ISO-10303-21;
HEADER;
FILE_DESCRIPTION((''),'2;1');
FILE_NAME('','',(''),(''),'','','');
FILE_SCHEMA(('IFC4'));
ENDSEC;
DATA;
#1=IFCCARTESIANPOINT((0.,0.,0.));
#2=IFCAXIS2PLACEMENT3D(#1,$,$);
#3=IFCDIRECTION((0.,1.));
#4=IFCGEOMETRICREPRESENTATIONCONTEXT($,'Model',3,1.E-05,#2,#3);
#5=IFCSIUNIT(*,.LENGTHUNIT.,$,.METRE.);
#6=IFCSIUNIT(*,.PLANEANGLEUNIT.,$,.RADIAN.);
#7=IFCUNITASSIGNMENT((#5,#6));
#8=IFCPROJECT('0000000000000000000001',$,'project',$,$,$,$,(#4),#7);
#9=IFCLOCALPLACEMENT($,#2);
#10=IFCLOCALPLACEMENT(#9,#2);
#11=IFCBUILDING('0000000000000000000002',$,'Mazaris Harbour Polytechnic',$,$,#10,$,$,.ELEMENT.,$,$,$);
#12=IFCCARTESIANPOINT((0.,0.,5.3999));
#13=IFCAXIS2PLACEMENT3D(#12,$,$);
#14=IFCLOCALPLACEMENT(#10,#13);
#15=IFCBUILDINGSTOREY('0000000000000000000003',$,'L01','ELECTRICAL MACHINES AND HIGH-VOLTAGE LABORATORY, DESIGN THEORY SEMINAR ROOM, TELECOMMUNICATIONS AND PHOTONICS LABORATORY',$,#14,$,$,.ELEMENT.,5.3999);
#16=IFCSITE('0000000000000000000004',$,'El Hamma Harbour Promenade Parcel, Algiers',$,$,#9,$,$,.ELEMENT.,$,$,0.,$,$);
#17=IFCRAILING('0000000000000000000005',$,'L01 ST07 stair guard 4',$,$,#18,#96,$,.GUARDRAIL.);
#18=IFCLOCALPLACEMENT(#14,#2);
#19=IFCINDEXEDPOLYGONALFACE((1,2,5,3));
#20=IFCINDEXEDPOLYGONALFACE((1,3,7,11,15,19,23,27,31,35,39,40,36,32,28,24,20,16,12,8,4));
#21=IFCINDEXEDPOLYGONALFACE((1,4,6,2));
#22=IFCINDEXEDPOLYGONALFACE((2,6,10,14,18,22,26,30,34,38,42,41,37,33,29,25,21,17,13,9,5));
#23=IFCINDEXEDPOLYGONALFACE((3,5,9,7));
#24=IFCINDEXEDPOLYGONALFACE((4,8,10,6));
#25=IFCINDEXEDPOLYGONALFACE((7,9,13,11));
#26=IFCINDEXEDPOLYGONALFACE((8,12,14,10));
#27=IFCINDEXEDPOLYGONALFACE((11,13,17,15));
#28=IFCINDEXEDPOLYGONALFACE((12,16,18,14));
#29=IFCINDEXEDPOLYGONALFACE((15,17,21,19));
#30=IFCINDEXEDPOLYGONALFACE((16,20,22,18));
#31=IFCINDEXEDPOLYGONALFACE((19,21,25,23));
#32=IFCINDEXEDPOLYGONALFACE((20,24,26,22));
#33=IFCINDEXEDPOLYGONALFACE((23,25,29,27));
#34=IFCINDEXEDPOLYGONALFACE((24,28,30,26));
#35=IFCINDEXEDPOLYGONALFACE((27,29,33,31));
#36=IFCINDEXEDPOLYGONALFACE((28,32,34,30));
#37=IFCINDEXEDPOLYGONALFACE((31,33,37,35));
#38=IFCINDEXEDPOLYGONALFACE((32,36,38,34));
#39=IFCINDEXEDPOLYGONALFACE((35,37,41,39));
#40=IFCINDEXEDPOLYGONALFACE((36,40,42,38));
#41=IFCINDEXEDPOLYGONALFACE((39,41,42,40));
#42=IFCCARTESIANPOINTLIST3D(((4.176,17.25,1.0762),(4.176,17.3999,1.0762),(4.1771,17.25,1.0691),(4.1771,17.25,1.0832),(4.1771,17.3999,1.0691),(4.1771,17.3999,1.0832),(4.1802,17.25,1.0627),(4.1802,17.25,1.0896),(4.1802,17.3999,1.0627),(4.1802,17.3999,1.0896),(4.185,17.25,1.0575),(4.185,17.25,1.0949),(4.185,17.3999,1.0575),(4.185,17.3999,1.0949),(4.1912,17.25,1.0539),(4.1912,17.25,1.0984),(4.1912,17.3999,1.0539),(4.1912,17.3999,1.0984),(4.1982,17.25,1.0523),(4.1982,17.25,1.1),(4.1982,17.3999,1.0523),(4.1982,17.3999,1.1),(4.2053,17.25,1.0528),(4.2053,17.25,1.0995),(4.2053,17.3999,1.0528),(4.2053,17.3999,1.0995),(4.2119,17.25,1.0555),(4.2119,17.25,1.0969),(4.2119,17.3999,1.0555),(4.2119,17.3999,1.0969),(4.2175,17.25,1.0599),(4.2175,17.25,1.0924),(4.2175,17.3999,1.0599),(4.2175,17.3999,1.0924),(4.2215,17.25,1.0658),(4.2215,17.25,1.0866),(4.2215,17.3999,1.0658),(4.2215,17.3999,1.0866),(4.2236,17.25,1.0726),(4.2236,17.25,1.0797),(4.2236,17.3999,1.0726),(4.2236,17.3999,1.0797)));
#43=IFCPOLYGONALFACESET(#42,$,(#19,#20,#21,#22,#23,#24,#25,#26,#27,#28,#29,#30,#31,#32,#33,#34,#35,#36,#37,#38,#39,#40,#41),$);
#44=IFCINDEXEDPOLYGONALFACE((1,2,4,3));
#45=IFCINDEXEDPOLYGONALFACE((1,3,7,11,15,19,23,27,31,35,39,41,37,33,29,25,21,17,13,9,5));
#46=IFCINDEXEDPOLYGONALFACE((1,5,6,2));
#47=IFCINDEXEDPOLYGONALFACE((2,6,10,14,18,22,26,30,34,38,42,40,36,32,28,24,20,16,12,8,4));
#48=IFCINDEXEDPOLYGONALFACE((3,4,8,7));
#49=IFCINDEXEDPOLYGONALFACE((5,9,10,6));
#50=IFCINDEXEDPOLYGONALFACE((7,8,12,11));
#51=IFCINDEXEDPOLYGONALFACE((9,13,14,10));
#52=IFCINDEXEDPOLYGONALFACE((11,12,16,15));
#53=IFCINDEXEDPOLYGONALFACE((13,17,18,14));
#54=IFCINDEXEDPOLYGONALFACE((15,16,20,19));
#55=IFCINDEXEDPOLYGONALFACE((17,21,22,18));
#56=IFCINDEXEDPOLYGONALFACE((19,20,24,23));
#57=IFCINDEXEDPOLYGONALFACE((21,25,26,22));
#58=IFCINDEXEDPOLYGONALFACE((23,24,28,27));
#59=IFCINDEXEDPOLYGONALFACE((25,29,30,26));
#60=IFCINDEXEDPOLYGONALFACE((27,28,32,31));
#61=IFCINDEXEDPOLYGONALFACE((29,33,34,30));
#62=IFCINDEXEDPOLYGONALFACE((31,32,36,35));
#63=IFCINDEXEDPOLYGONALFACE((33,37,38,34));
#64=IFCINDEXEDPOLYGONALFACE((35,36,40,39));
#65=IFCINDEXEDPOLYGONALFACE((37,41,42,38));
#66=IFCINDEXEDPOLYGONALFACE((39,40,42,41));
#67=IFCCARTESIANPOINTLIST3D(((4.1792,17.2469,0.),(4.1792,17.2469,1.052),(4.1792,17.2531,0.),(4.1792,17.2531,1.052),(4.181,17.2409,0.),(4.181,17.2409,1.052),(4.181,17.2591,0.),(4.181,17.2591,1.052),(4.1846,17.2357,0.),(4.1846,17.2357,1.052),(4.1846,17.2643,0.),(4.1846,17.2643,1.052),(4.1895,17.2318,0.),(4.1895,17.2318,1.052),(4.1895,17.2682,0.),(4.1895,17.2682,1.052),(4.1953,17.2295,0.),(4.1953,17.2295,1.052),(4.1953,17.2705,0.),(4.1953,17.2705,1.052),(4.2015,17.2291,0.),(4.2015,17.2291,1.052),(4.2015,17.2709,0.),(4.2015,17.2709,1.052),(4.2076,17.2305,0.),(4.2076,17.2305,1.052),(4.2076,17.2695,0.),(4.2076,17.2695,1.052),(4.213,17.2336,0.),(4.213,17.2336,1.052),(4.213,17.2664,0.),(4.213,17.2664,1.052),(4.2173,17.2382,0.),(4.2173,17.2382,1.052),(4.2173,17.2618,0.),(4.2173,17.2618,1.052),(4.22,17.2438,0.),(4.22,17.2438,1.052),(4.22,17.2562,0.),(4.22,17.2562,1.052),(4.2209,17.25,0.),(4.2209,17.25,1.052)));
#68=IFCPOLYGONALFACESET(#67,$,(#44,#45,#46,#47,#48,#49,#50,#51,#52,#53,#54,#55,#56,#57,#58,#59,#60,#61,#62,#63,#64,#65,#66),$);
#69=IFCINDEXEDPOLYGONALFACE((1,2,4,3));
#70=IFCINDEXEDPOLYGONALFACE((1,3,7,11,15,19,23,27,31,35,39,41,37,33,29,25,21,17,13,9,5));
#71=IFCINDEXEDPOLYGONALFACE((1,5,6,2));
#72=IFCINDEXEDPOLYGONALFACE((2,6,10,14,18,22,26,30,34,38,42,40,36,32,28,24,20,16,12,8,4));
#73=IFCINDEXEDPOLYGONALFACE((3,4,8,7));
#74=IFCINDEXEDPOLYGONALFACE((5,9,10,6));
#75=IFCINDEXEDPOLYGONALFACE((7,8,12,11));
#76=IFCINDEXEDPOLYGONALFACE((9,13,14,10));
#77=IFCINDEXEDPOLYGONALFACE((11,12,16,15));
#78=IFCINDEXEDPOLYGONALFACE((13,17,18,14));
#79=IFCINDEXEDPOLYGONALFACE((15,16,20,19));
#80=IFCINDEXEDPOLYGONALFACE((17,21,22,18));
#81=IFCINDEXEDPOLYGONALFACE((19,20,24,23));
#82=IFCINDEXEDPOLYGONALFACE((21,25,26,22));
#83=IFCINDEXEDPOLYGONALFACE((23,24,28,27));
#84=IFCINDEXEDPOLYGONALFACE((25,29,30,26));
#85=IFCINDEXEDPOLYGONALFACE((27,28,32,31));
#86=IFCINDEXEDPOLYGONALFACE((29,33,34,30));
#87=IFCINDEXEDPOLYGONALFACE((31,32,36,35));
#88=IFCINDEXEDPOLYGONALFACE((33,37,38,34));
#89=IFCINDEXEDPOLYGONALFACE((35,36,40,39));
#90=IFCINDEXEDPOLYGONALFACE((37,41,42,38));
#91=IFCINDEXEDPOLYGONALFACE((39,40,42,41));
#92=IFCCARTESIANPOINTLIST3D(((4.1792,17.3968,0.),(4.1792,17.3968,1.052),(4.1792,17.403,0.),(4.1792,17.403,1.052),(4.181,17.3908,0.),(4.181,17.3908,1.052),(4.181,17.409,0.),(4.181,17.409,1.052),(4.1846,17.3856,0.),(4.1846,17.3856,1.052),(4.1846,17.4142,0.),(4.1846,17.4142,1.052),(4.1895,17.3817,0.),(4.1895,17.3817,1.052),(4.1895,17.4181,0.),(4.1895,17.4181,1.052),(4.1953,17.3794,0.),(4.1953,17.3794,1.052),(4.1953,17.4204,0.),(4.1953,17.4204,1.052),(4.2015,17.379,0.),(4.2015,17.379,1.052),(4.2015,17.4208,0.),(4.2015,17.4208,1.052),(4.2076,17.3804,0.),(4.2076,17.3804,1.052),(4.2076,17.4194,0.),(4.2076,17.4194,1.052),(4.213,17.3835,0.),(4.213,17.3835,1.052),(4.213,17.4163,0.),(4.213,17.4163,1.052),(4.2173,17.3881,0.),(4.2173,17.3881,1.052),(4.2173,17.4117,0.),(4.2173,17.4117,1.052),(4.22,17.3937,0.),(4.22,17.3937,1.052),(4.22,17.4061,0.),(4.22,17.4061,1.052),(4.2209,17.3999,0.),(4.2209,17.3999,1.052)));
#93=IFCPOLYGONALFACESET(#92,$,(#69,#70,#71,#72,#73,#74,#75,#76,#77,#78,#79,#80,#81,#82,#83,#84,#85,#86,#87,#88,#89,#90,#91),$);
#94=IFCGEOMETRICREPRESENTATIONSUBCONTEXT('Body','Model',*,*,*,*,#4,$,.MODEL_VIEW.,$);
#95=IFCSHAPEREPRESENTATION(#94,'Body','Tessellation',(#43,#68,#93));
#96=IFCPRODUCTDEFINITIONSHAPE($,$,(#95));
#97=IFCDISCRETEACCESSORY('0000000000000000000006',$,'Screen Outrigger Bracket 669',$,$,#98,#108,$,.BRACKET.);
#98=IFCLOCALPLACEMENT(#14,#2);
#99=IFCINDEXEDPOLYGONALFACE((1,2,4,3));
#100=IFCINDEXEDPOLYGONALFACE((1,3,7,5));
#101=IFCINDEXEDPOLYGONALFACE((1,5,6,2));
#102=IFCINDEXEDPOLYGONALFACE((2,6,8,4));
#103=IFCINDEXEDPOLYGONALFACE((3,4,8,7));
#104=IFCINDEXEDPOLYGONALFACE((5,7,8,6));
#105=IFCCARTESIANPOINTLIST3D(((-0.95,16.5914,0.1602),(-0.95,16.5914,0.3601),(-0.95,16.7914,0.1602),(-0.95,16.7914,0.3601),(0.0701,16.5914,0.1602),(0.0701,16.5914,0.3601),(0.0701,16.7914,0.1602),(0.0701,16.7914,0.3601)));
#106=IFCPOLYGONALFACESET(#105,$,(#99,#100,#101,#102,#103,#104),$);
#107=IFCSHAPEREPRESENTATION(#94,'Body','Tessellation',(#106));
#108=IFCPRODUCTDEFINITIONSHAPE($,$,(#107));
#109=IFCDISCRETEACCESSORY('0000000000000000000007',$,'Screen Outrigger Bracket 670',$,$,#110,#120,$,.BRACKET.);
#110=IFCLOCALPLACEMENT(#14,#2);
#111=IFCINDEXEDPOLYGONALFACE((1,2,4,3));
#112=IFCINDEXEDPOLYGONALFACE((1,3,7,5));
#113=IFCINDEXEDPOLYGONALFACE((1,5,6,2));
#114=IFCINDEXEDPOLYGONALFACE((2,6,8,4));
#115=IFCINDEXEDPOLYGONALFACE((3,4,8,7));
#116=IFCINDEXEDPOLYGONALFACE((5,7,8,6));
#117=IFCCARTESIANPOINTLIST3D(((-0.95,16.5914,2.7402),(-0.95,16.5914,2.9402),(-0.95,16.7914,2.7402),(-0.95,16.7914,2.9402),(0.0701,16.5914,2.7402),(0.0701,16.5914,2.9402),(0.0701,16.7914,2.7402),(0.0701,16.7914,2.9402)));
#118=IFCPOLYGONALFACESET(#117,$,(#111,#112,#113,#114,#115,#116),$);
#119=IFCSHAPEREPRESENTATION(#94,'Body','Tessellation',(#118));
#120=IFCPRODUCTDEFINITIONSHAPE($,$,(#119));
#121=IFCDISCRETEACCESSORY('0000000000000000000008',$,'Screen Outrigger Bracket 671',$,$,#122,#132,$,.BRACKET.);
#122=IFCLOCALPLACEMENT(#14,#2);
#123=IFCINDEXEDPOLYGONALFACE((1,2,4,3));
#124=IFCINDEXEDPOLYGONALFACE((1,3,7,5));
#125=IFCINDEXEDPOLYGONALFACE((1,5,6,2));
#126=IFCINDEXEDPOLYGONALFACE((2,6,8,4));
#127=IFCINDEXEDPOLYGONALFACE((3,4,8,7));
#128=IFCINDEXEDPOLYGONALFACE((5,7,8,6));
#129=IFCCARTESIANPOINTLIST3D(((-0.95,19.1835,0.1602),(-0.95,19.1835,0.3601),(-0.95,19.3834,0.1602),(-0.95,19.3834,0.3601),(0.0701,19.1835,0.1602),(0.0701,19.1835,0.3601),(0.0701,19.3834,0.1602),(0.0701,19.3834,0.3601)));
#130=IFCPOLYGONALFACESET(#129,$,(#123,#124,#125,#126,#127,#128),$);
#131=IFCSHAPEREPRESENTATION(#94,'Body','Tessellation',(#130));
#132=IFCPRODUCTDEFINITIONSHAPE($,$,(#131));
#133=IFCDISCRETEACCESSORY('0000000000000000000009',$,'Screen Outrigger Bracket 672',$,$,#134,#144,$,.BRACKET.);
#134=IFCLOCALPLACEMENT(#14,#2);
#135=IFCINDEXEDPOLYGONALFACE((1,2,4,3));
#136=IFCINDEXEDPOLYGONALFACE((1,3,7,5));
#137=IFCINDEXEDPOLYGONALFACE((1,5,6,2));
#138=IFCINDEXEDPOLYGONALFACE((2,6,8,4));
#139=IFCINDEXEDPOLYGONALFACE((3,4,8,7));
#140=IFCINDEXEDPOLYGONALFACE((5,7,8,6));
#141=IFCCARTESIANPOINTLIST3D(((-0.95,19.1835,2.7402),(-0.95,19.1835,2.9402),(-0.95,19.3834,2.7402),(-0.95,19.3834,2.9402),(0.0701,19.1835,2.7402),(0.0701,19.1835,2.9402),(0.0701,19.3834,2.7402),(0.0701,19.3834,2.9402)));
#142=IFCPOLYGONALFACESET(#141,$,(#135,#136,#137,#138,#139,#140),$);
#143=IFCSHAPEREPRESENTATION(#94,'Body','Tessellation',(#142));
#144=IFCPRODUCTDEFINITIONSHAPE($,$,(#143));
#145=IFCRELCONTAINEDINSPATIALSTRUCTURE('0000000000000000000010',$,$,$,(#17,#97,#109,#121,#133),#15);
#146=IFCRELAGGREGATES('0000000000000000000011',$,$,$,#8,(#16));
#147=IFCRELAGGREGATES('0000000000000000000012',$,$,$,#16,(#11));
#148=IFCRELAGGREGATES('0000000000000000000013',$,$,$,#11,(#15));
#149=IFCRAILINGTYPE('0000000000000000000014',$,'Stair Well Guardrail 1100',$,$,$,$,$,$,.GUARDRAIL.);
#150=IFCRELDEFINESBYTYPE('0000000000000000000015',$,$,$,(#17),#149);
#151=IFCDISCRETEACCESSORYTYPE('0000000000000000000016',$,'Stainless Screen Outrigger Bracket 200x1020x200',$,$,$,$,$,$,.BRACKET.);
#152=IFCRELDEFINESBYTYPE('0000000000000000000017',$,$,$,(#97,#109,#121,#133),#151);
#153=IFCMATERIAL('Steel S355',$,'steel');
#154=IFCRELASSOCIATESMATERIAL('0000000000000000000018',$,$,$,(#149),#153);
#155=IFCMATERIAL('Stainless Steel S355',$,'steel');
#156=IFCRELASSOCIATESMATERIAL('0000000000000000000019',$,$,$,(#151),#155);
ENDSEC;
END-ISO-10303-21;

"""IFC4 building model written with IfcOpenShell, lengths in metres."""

from ifc_helpers import new_model, si_unit, direction, frame, origin, origin_2d, place, context, subcontext, project, spatial, rectangle, circle, extrude, material, type_object, element, save


model = new_model("IFC4")

# Units and contexts
model_context = context("Model", 3, precision=1e-05, world=origin(), true_north=direction((0.0, 1.0)))
body_context = subcontext(model_context, "Body", "Model", "MODEL_VIEW")
ifc_project = project(units=[si_unit("LENGTHUNIT", "METRE"), si_unit("PLANEANGLEUNIT", "RADIAN")], contexts=[model_context])

# Site, building, storey
site_placement = place(None, origin())
site = spatial("IfcSite", under=ifc_project, at=site_placement, Name="El Hamma Harbour Promenade Parcel, Algiers", CompositionType="ELEMENT", RefElevation=0.0)
building_placement = place(site_placement, origin())
building = spatial("IfcBuilding", under=site, at=building_placement, Name="Mazaris Harbour Polytechnic", CompositionType="ELEMENT")
storey_placement = place(building_placement, frame((0.0, 0.0, 5.3999)))
storey = spatial("IfcBuildingStorey", under=building, at=storey_placement, Name="L01", Description="ELECTRICAL MACHINES AND HIGH-VOLTAGE LABORATORY, DESIGN THEORY SEMINAR ROOM, TELECOMMUNICATIONS AND PHOTONICS LABORATORY", CompositionType="ELEMENT", Elevation=5.3999)

# Railing
ifc_material_1 = material(Name="Steel S355", Category="steel")
railing_type_1 = type_object("IfcRailingType", Name="Stair Well Guardrail 1100", PredefinedType="GUARDRAIL", material=ifc_material_1)
railing_1_placement = place(storey_placement, frame((4.2, 17.25, 0.0)))
element("IfcRailing", 1, at=railing_1_placement, inside=storey, type_object=railing_type_1, Name="L01 ST07 stair guard 4", PredefinedType="GUARDRAIL", context=body_context, shape_type="SweptSolid", body=[
    extrude(circle(Radius=0.0239, at=origin_2d()), frame((0.0, 0.0, 1.0762), z_axis=(0.0, 1.0, 0.0), x_axis=(-1.0, 0.0, 0.0)), (0.0, 0.0, 1.0), 0.1499),
    extrude(circle(Radius=0.021, at=origin_2d()), origin(), (0.0, 0.0, 1.0), 1.052),
    extrude(circle(Radius=0.021, at=origin_2d()), frame((0.0, 0.1499, 0.0)), (0.0, 0.0, 1.0), 1.052),
])

# Discrete accessories
ifc_material_2 = material(Name="Stainless Steel S355", Category="steel")
discrete_accessory_type = type_object("IfcDiscreteAccessoryType", Name="Stainless Screen Outrigger Bracket 200x1020x200", PredefinedType="BRACKET", material=ifc_material_2)
for number, where, z_axis, x_axis, name in (
    (2, (-0.4399, 16.6914, 0.1602), (0.0, 0.0, 1.0), (0.0, 1.0, 0.0), "Screen Outrigger Bracket 669"),
    (3, (-0.4399, 16.6914, 2.7402), (0.0, 0.0, 1.0), (0.0, 1.0, 0.0), "Screen Outrigger Bracket 670"),
    (4, (-0.4399, 19.2834, 0.1602), (0.0, 0.0, 1.0), (0.0, 1.0, 0.0), "Screen Outrigger Bracket 671"),
    (5, (-0.4399, 19.2834, 2.7402), (0.0, 0.0, 1.0), (0.0, 1.0, 0.0), "Screen Outrigger Bracket 672"),
):
    element("IfcDiscreteAccessory", number, at=place(storey_placement, frame(where, z_axis=z_axis, x_axis=x_axis)), inside=storey, type_object=discrete_accessory_type, Name=name, PredefinedType="BRACKET", context=body_context, shape_type="SweptSolid", body=[
        extrude(rectangle(XDim=0.2, YDim=1.02, at=origin_2d()), origin(), (0.0, 0.0, 1.0), 0.2),
    ])

save(model, "model.ifc")
